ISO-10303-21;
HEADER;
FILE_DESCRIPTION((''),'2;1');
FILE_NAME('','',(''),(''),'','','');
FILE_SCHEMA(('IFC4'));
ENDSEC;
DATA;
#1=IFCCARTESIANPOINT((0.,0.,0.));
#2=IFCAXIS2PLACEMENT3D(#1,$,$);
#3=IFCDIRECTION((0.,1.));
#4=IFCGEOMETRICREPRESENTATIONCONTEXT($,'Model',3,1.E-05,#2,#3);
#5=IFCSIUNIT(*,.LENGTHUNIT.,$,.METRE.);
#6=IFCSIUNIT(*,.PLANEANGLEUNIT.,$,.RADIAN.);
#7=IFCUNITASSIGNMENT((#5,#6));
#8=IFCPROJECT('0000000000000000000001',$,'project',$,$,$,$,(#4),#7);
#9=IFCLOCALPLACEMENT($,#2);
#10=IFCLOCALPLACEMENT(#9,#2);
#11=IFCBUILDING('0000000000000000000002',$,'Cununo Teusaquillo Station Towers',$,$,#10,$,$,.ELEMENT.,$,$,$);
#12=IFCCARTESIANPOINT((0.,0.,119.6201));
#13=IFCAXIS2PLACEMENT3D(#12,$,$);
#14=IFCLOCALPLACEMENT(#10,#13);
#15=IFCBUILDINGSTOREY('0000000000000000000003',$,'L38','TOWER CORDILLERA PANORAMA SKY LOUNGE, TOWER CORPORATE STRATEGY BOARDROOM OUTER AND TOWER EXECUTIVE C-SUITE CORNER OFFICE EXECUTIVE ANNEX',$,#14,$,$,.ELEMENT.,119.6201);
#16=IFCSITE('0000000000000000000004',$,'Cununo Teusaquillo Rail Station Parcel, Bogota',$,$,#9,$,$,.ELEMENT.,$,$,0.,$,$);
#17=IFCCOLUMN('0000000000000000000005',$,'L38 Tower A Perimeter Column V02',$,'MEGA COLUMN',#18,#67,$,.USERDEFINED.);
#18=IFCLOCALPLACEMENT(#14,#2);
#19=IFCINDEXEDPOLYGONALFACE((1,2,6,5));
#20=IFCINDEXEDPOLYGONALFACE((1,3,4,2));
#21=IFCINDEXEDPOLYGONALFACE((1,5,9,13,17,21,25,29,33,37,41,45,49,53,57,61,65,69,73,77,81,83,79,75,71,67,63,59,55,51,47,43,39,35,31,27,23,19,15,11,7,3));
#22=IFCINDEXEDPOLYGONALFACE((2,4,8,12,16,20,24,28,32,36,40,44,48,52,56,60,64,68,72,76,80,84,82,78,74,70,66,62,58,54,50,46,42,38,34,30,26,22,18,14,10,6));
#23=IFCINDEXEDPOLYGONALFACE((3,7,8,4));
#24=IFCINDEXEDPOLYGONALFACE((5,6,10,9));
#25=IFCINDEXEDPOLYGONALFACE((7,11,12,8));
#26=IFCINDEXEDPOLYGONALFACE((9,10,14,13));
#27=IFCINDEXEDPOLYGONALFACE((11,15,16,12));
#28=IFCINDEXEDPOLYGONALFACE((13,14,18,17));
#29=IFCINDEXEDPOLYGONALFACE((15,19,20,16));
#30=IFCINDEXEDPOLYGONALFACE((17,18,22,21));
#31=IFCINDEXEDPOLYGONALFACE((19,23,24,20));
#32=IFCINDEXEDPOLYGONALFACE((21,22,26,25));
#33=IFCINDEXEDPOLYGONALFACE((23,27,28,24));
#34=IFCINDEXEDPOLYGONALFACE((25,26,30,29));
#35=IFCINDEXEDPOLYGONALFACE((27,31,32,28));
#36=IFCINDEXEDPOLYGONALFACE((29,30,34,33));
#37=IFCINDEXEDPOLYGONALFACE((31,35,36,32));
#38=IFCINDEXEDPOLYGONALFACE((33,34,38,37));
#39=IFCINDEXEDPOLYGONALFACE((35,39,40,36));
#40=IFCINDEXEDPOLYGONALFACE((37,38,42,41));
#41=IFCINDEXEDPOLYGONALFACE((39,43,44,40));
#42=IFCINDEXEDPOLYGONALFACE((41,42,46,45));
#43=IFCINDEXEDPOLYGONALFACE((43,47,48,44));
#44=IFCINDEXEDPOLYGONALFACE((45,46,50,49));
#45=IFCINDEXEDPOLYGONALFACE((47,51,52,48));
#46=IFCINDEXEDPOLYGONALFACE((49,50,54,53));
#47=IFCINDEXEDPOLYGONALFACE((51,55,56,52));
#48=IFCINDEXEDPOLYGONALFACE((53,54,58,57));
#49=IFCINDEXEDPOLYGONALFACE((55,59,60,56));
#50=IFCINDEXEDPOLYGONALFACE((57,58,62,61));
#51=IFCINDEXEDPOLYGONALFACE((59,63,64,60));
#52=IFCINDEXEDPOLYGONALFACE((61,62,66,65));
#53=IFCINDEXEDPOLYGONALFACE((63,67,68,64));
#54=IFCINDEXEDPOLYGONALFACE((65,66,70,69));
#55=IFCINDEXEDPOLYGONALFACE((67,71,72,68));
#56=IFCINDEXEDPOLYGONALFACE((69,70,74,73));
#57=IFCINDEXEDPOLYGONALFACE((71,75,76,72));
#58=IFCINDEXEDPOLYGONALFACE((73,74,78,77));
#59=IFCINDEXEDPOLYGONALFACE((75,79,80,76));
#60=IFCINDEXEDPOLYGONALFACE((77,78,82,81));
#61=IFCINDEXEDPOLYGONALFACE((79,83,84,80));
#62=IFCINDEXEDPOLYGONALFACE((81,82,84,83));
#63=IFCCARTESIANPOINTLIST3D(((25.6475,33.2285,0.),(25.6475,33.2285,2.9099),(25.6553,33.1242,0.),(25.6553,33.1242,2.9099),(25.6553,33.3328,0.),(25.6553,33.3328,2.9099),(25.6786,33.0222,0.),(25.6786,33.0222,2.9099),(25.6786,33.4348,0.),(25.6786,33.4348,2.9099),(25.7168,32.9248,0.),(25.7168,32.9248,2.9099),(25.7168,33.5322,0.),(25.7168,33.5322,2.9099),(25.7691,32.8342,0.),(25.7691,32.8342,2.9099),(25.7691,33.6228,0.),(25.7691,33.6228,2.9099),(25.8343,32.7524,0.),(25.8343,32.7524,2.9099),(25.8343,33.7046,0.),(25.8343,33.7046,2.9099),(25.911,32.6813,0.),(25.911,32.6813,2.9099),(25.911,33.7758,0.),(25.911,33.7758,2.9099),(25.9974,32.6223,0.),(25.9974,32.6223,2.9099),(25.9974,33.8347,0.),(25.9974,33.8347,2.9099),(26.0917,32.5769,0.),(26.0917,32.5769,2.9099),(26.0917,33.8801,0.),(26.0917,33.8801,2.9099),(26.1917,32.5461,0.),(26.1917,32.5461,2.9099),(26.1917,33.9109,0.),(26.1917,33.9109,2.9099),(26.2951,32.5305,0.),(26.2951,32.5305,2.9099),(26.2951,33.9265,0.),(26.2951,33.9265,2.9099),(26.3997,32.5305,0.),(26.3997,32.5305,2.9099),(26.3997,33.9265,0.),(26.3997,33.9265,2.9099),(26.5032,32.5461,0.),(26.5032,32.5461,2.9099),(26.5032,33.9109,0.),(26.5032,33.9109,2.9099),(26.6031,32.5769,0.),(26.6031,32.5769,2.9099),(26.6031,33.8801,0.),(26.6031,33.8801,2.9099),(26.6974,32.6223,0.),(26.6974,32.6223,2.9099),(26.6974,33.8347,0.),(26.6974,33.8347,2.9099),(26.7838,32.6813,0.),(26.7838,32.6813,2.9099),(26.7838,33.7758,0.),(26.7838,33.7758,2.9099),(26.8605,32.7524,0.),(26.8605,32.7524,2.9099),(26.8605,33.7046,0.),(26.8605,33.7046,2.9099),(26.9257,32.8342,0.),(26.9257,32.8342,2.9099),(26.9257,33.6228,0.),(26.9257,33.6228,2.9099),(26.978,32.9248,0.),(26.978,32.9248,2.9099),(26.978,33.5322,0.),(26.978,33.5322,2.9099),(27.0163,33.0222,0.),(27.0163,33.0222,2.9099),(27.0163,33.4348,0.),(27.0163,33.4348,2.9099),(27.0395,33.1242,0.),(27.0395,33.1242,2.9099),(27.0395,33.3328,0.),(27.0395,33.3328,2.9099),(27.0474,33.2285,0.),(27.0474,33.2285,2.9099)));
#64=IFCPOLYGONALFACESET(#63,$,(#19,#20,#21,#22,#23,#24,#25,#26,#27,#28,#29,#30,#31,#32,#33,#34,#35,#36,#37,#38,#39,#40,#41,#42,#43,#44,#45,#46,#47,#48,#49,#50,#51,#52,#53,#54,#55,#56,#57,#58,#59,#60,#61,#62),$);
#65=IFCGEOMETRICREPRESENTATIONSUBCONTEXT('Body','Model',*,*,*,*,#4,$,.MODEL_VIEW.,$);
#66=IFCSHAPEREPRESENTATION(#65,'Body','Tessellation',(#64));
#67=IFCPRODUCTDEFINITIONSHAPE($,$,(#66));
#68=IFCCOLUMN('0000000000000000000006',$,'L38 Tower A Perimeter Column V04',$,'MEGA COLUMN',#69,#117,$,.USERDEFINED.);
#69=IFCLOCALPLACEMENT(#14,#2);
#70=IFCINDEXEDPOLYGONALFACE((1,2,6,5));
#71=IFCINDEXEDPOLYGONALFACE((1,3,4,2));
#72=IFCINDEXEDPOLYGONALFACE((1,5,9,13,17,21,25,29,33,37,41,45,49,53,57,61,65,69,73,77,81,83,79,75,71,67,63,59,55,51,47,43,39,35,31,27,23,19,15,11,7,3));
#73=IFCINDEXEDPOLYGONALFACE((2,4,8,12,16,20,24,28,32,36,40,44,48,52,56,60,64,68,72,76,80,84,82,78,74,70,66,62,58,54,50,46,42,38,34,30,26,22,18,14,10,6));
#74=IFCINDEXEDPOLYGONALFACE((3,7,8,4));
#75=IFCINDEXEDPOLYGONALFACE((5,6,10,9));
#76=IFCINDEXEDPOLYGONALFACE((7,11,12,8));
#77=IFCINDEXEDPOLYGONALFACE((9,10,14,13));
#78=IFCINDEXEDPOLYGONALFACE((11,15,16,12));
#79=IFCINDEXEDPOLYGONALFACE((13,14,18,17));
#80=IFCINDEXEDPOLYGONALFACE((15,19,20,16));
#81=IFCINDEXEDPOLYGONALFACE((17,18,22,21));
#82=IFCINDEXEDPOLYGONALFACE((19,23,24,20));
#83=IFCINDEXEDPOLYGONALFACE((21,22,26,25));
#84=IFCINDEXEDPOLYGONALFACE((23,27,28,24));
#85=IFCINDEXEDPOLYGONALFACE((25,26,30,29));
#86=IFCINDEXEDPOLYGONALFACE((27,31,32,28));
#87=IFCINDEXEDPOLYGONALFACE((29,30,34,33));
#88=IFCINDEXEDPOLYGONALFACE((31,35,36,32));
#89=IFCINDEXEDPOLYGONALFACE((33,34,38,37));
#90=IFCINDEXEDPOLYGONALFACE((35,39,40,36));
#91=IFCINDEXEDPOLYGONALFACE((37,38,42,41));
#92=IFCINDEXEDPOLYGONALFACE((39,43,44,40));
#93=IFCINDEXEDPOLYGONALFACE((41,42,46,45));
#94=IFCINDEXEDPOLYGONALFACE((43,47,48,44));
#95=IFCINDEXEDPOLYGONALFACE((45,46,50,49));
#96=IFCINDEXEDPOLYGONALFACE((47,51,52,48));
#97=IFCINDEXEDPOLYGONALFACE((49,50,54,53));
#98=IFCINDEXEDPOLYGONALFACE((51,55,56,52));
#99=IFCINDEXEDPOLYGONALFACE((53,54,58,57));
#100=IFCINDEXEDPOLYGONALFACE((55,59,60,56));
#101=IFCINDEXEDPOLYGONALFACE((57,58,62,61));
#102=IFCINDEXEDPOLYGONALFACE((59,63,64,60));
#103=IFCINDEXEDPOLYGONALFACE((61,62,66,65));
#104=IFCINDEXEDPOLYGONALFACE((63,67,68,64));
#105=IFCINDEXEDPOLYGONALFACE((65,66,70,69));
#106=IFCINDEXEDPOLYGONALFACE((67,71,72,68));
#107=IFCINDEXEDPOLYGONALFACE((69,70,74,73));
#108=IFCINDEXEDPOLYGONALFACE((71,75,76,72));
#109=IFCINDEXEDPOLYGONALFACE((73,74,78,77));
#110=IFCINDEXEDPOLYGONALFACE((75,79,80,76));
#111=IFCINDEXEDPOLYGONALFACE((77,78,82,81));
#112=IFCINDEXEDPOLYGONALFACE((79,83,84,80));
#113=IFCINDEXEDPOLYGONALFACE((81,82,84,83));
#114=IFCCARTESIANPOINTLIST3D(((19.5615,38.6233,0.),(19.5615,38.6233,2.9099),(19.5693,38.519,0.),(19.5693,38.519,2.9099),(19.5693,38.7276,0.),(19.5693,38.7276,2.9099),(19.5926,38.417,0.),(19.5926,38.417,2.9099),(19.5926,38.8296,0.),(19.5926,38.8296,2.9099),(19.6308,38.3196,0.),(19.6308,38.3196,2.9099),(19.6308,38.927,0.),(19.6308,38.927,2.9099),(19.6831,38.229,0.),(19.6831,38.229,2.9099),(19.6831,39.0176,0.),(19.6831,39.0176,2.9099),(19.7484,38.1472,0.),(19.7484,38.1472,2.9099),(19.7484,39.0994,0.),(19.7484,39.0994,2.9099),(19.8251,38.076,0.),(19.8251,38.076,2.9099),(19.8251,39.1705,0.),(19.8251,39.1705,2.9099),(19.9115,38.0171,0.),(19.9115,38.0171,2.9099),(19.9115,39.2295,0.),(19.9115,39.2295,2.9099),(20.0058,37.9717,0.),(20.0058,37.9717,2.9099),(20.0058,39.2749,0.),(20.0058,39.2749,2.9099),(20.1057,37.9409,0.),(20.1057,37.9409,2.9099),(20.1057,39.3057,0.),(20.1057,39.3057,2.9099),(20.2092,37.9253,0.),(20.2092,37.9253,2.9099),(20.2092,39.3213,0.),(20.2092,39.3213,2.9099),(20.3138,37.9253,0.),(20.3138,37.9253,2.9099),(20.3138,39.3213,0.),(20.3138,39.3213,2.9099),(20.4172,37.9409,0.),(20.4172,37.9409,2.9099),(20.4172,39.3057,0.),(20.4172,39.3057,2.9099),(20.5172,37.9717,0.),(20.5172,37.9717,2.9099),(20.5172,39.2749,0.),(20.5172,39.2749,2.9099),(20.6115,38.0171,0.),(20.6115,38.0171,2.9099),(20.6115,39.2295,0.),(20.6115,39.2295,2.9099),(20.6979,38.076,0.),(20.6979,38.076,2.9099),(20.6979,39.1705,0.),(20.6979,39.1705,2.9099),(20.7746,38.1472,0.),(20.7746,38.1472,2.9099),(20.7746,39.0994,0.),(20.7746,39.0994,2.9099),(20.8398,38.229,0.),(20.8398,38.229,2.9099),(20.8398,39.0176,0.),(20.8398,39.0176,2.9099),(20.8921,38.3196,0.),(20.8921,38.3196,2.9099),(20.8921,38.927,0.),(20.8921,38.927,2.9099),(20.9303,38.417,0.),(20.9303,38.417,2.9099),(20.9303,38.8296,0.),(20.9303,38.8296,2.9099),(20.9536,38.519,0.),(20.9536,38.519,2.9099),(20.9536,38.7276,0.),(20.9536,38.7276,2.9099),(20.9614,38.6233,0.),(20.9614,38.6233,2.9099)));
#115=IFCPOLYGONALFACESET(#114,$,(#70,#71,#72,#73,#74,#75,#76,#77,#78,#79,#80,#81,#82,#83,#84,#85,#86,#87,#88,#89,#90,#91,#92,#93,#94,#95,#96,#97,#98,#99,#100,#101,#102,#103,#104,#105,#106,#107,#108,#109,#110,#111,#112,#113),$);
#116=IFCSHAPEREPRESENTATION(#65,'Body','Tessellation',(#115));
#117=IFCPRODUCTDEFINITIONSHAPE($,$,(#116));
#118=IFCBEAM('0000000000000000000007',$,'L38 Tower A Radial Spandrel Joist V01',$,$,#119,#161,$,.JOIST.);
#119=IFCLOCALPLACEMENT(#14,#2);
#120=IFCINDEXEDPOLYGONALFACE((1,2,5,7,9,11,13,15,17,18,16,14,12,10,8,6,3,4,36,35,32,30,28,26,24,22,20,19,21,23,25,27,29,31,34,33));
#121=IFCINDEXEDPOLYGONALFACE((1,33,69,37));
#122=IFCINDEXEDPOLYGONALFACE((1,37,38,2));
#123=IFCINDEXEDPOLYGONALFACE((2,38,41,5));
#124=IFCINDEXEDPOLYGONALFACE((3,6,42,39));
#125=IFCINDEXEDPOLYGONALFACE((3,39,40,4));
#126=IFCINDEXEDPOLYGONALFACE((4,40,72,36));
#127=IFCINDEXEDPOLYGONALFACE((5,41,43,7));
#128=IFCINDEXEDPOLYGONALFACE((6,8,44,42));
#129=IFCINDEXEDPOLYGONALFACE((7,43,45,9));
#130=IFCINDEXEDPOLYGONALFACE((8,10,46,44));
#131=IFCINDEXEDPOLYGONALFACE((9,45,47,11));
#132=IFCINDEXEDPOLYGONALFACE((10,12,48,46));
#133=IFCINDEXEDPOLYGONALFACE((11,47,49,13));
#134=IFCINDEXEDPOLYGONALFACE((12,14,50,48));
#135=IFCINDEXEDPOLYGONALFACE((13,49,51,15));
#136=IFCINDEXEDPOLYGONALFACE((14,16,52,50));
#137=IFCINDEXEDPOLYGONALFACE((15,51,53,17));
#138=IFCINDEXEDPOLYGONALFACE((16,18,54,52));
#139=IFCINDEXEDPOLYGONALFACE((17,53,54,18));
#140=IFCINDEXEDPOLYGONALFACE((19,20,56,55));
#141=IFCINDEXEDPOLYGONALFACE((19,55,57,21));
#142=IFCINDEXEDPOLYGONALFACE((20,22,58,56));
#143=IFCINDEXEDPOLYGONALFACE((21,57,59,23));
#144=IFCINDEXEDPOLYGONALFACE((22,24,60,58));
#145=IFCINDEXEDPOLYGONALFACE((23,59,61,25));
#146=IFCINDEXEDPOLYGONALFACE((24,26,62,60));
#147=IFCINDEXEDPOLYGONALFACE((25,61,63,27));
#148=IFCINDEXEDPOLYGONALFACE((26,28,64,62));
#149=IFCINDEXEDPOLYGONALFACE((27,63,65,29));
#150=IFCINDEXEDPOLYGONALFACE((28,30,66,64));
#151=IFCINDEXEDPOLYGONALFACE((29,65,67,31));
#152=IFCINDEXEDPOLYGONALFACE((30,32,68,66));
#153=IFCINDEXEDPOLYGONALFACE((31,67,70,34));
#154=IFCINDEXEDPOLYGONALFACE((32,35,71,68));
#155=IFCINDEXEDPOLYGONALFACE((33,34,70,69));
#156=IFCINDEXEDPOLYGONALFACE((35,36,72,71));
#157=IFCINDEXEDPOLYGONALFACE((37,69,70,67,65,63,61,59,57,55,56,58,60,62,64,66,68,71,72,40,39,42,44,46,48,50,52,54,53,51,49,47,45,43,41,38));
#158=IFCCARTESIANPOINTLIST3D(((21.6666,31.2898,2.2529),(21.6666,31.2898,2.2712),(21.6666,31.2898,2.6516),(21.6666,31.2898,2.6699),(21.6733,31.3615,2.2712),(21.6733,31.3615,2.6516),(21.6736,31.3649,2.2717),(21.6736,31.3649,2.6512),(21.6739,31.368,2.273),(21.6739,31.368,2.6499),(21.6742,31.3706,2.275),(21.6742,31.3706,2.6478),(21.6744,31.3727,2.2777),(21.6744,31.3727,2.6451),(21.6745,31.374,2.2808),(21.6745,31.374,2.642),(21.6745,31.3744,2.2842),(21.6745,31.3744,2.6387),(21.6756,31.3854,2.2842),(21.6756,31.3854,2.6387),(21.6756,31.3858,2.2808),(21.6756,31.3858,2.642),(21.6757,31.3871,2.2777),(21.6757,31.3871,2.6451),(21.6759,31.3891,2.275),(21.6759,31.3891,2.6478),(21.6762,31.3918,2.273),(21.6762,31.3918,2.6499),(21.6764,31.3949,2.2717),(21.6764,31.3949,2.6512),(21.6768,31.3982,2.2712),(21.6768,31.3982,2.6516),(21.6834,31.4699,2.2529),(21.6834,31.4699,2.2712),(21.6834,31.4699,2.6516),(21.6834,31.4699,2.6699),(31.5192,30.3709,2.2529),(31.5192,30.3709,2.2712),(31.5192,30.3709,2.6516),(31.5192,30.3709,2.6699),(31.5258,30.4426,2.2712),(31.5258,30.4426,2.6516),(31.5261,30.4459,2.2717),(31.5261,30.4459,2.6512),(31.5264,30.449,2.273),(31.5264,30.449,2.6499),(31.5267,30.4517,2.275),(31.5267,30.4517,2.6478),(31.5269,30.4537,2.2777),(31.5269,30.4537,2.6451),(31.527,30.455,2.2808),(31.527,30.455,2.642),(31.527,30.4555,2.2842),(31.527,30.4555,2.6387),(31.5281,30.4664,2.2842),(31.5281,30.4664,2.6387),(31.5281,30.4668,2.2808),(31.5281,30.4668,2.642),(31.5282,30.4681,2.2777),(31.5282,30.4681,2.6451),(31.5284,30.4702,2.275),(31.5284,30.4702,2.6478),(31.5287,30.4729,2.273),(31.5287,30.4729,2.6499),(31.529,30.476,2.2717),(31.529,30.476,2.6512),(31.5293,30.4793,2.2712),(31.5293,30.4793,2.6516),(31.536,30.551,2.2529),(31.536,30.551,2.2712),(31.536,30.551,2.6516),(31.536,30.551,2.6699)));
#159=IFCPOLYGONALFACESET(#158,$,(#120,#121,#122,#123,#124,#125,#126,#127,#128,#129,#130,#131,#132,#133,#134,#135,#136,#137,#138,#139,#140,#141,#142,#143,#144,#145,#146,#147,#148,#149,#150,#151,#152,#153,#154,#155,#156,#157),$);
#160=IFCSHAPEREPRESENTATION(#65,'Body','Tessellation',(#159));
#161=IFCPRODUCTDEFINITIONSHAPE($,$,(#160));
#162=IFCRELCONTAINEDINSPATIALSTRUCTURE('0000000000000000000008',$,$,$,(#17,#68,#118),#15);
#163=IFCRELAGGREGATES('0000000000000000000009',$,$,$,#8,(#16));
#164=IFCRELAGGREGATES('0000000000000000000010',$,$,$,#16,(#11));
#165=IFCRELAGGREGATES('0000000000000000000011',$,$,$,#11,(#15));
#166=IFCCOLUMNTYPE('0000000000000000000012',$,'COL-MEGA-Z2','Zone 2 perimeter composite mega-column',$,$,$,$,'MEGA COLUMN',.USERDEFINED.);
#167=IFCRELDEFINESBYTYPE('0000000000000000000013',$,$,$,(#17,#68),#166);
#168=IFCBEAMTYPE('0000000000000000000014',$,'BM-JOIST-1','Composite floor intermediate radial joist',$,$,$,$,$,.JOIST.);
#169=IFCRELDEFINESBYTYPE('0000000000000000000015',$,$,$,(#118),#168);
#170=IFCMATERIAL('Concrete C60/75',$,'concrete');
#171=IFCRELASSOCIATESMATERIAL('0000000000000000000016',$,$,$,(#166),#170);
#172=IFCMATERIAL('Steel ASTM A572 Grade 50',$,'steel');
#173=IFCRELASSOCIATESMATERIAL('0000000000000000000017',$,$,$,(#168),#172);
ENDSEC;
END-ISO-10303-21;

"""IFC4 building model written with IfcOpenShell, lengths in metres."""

from ifc_helpers import new_model, si_unit, direction, frame, origin, origin_2d, place, context, subcontext, project, spatial, circle, i_section, extrude, material, material_profile, profile_set, type_object, element, save


model = new_model("IFC4")

# Units and contexts
model_context = context("Model", 3, precision=1e-05, world=origin(), true_north=direction((0.0, 1.0)))
body_context = subcontext(model_context, "Body", "Model", "MODEL_VIEW")
ifc_project = project(units=[si_unit("LENGTHUNIT", "METRE"), si_unit("PLANEANGLEUNIT", "RADIAN")], contexts=[model_context])

# Site, building, storey
site_placement = place(None, origin())
site = spatial("IfcSite", under=ifc_project, at=site_placement, Name="Cununo Teusaquillo Rail Station Parcel, Bogota", CompositionType="ELEMENT", RefElevation=0.0)
building_placement = place(site_placement, origin())
building = spatial("IfcBuilding", under=site, at=building_placement, Name="Cununo Teusaquillo Station Towers", CompositionType="ELEMENT")
storey_placement = place(building_placement, frame((0.0, 0.0, 119.6201)))
storey = spatial("IfcBuildingStorey", under=building, at=storey_placement, Name="L38", Description="TOWER CORDILLERA PANORAMA SKY LOUNGE, TOWER CORPORATE STRATEGY BOARDROOM OUTER AND TOWER EXECUTIVE C-SUITE CORNER OFFICE EXECUTIVE ANNEX", CompositionType="ELEMENT", Elevation=119.6201)

# Columns
ifc_material_1 = material(Name="Concrete C60/75", Category="concrete")
ifc_material_profile_1 = material_profile(ifc_material_1, circle(Radius=0.7, at=origin_2d()), Name="RC-CIRC-1400")
ifc_profile_set_1 = profile_set([ifc_material_profile_1], Name="Concrete C60/75")
column_type = type_object("IfcColumnType", Name="COL-MEGA-Z2", Description="Zone 2 perimeter composite mega-column", ElementType="MEGA COLUMN", PredefinedType="USERDEFINED", material=ifc_profile_set_1)
for number, where, z_axis, x_axis, name in (
    (1, (26.3474, 33.2285, 0.0), (0.0, 0.0, 1.0), (1.0, 0.0, 0.0), "L38 Tower A Perimeter Column V02"),
    (2, (20.2615, 38.6233, 0.0), (0.0, 0.0, 1.0), (1.0, 0.0, 0.0), "L38 Tower A Perimeter Column V04"),
):
    element("IfcColumn", number, at=place(storey_placement, frame(where, z_axis=z_axis, x_axis=x_axis)), inside=storey, type_object=column_type, Name=name, ObjectType="MEGA COLUMN", PredefinedType="USERDEFINED", context=body_context, shape_type="SweptSolid", body=[
        extrude(circle(Radius=0.7, at=origin_2d()), origin(), (0.0, 0.0, 1.0), 2.9099),
    ])

# Beam
ifc_material_2 = material(Name="Steel ASTM A572 Grade 50", Category="steel")
ifc_material_profile_2 = material_profile(ifc_material_2, i_section(OverallWidth=0.1809, OverallDepth=0.417, WebThickness=0.011, FlangeThickness=0.0183, FilletRadius=0.0129, at=origin_2d()), Name="W16X57")
ifc_profile_set_2 = profile_set([ifc_material_profile_2], Name="Steel ASTM A572 Grade 50")
beam_type_1 = type_object("IfcBeamType", Name="BM-JOIST-1", Description="Composite floor intermediate radial joist", PredefinedType="JOIST", material=ifc_profile_set_2)
beam_1_placement = place(storey_placement, frame((21.675, 31.3799, 2.4614), z_axis=(0.995679, -0.092867, 0.0), x_axis=(0.092867, 0.995679, 0.0)))
element("IfcBeam", 3, at=beam_1_placement, inside=storey, type_object=beam_type_1, Name="L38 Tower A Radial Spandrel Joist V01", PredefinedType="JOIST", context=body_context, shape_type="SweptSolid", body=[
    extrude(i_section(OverallWidth=0.1809, OverallDepth=0.417, WebThickness=0.011, FlangeThickness=0.0183, FilletRadius=0.0129, at=origin_2d()), origin(), (0.0, 0.0, 1.0), 9.8953),
])

save(model, "model.ifc")
